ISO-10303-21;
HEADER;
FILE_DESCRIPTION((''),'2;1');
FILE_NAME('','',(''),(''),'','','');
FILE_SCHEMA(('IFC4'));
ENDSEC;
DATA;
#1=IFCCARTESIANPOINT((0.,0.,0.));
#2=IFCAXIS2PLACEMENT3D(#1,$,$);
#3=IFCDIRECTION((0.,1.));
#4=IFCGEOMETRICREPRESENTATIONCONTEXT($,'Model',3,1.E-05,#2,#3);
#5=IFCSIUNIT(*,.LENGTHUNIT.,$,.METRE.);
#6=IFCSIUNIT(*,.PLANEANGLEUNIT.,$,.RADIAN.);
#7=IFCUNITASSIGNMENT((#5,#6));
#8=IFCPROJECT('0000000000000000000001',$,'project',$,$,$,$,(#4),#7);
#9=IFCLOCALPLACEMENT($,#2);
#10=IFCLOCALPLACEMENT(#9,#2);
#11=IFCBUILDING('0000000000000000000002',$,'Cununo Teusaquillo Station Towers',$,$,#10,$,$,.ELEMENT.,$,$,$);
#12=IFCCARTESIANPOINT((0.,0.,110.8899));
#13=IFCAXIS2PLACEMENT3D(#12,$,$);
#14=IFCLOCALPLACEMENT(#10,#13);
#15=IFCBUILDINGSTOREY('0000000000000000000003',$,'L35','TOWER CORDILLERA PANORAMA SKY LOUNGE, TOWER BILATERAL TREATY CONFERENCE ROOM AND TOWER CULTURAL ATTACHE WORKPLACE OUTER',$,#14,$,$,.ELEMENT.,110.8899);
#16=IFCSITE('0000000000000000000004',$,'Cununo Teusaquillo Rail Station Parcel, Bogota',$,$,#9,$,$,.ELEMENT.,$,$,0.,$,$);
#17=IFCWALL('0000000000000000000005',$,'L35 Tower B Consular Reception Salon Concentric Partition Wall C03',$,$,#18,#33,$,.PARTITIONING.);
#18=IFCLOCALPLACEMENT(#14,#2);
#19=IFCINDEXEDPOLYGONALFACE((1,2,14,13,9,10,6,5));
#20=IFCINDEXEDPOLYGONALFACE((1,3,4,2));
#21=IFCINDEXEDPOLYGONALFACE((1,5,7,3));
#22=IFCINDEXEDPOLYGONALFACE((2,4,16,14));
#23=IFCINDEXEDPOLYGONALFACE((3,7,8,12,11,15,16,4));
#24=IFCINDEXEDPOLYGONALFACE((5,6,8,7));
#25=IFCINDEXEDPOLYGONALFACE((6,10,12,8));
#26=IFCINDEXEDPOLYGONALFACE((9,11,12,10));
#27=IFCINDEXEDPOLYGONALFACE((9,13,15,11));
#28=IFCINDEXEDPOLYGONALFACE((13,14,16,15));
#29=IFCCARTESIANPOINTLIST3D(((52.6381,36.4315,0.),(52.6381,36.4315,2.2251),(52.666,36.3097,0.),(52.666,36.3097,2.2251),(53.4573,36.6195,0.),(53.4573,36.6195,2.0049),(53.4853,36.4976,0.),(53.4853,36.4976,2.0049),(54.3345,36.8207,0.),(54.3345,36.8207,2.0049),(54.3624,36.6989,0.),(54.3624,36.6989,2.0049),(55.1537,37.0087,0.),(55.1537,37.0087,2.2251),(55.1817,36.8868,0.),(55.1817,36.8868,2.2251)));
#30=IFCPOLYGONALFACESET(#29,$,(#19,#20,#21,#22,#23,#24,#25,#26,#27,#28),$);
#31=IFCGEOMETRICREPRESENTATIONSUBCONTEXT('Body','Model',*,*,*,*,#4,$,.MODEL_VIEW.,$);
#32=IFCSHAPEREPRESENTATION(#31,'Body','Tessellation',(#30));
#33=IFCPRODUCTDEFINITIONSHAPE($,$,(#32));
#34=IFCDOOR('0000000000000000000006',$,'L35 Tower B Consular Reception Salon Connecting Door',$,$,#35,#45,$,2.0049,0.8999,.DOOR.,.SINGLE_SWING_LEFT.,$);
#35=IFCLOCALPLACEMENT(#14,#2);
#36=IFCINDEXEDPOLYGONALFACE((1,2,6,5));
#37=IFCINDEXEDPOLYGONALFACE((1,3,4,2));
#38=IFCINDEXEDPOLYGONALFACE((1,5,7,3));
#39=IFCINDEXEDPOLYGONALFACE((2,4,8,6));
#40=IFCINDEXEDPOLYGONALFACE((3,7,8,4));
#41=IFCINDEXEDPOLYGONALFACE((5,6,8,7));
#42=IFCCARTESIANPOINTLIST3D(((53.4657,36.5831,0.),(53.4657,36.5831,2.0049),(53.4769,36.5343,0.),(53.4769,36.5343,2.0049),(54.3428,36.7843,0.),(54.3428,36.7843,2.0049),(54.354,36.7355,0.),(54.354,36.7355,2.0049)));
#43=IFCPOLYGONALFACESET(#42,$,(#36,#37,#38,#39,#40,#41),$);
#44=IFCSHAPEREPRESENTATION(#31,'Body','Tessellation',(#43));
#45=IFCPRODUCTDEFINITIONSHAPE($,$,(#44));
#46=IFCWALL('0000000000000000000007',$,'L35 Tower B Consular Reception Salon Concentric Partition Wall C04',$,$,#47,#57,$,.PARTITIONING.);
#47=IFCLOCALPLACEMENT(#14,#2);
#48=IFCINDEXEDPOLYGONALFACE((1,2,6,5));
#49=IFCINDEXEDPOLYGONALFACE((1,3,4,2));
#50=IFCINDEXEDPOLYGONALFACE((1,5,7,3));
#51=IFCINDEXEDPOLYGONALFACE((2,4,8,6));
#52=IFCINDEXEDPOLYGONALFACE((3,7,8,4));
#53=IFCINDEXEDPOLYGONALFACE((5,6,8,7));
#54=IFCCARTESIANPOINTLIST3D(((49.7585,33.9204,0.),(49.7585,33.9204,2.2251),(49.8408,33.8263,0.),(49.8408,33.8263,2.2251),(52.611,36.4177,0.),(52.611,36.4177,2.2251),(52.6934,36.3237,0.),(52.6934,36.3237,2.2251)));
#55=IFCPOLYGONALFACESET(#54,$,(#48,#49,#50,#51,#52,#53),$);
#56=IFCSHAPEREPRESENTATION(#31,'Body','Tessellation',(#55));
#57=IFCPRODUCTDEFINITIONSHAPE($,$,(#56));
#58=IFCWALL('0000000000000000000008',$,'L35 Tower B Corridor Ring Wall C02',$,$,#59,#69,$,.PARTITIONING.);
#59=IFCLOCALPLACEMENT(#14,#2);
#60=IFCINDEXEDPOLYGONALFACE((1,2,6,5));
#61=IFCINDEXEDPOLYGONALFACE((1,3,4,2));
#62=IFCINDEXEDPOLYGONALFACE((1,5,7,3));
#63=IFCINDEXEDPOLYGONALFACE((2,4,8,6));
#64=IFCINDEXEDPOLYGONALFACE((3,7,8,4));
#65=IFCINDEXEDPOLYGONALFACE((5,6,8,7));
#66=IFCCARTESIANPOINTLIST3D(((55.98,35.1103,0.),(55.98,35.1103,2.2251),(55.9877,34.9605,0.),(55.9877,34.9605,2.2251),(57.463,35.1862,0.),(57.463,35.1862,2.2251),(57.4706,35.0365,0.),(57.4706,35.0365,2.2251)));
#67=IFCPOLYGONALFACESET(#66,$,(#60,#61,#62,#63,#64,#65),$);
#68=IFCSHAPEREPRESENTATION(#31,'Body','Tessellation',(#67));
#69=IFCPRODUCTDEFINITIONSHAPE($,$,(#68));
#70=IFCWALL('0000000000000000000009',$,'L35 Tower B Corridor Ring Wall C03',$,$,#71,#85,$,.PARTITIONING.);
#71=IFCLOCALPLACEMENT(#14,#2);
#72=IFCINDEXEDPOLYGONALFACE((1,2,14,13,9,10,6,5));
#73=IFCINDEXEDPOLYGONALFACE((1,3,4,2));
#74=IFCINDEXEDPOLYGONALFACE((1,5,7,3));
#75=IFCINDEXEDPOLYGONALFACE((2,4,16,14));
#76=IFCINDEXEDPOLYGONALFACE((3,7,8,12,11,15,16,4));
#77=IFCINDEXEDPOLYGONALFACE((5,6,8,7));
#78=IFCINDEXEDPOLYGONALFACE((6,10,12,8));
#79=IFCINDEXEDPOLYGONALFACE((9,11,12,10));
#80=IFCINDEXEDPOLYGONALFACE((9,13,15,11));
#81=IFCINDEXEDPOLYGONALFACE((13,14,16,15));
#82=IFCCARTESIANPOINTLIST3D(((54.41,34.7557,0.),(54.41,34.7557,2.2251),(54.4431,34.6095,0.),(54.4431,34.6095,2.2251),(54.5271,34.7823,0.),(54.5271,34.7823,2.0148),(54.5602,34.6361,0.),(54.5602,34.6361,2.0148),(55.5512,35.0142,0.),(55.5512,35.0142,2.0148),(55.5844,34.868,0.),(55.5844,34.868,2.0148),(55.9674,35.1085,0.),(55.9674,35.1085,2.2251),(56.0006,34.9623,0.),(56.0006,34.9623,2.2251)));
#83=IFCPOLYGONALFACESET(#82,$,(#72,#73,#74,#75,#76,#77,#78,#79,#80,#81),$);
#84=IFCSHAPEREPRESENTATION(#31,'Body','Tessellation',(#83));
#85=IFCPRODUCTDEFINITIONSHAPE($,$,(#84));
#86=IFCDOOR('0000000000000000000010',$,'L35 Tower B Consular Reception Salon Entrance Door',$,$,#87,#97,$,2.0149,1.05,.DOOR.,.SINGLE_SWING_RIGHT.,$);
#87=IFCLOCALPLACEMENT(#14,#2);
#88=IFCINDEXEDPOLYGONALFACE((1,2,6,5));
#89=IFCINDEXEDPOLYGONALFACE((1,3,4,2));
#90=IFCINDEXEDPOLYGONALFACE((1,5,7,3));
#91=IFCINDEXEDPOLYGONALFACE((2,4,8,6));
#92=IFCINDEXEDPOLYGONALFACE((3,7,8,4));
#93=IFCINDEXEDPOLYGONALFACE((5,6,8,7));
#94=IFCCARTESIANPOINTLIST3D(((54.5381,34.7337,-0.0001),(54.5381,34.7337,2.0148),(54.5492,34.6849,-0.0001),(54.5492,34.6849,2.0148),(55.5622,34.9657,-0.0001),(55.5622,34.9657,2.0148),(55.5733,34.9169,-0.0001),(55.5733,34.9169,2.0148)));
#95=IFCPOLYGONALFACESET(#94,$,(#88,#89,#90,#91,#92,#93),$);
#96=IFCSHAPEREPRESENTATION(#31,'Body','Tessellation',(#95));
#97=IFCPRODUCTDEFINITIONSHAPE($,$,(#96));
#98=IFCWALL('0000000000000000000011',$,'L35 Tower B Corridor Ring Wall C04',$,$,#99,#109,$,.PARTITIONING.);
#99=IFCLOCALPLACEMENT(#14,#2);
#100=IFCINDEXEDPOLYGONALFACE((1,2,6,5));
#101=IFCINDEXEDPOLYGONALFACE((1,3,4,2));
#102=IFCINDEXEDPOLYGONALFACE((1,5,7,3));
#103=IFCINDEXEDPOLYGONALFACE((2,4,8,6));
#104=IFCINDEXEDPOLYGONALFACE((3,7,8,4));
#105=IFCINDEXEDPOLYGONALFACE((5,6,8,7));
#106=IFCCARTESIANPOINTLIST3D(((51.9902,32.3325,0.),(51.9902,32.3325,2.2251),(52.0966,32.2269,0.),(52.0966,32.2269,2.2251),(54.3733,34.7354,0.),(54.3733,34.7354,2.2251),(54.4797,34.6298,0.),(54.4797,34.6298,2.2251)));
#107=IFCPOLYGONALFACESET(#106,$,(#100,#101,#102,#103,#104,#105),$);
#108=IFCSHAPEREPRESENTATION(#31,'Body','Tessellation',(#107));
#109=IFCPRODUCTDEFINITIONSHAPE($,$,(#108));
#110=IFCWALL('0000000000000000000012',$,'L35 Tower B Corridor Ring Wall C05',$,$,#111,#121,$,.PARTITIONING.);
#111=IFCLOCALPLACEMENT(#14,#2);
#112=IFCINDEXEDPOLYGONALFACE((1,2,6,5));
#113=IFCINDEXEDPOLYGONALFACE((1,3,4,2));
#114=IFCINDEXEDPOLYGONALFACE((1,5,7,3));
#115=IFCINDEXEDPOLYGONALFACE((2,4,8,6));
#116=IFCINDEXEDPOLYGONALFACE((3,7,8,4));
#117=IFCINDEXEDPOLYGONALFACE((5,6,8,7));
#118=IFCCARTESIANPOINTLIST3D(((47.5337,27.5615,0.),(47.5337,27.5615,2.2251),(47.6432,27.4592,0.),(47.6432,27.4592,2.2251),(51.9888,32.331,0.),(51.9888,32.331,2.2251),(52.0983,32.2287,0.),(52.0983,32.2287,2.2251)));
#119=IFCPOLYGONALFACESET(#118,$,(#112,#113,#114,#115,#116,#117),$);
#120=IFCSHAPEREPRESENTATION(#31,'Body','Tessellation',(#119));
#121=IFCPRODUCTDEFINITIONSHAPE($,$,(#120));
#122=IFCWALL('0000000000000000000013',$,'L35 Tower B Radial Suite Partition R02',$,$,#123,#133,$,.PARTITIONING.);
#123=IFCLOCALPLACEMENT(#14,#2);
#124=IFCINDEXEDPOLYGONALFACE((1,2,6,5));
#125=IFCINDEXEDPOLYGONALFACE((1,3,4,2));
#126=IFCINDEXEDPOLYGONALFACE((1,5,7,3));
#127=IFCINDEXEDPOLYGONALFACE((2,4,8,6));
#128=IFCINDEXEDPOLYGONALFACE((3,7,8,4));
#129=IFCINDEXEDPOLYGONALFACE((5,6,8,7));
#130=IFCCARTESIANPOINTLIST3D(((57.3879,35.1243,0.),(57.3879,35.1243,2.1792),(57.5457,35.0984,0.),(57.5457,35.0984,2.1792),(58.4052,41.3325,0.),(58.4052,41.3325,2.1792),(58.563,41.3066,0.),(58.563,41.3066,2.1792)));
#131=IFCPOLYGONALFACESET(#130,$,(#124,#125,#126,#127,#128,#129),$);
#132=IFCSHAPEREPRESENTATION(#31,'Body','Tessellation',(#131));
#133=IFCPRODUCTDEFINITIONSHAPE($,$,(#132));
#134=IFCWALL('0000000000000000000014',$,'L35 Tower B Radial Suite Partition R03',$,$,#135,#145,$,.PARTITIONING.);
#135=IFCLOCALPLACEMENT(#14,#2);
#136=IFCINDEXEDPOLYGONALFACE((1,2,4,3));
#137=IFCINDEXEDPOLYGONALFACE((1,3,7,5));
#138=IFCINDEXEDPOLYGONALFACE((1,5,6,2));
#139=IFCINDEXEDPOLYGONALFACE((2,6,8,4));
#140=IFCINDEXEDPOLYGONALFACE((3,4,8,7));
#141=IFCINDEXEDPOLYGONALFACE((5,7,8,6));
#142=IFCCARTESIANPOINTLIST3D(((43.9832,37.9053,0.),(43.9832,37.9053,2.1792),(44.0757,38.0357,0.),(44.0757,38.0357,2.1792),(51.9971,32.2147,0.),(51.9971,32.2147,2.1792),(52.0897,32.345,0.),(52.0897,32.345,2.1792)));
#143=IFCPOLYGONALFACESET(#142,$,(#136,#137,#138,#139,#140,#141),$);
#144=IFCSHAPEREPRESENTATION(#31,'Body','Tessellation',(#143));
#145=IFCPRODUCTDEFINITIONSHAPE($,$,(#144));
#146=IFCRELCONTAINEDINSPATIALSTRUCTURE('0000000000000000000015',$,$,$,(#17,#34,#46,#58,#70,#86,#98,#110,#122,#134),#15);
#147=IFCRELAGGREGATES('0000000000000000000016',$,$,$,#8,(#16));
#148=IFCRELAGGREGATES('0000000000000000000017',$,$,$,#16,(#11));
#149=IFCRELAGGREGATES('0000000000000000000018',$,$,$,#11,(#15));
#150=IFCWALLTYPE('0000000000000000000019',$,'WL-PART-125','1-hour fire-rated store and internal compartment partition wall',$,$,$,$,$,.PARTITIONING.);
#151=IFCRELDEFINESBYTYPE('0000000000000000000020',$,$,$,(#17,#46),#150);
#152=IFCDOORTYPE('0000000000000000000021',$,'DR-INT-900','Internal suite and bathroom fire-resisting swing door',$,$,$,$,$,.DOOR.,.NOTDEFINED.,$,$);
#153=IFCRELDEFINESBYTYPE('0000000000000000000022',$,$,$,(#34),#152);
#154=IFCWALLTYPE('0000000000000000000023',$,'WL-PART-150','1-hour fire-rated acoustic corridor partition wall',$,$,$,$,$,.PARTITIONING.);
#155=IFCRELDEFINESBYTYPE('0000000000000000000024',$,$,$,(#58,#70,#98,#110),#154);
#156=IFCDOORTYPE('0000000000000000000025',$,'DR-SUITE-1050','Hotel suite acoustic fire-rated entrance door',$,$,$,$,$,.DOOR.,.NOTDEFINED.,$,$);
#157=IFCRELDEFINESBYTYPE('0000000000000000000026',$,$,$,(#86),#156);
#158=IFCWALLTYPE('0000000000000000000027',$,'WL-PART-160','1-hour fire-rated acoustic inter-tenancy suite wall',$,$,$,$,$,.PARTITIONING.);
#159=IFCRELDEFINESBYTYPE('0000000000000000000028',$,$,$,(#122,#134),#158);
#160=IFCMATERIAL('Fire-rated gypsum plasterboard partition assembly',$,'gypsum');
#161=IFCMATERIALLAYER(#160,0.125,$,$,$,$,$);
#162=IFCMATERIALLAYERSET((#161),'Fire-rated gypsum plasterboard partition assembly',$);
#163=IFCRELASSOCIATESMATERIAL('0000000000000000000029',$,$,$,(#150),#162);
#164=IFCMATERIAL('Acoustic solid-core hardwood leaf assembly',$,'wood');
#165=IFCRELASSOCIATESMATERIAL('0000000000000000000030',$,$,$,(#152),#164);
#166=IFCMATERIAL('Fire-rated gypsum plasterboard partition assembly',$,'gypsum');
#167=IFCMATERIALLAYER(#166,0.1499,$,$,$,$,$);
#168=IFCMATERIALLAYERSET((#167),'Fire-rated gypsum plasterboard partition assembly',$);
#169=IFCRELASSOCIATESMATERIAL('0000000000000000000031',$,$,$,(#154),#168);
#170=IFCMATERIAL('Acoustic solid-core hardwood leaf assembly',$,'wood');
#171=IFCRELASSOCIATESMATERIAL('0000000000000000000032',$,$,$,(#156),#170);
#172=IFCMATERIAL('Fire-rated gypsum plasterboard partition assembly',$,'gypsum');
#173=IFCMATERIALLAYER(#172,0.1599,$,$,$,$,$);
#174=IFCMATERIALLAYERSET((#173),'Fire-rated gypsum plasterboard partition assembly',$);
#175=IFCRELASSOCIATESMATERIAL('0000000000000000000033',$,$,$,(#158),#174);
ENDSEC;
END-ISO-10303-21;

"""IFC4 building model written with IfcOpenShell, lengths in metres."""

from ifc_helpers import new_model, si_unit, direction, frame, frame_2d, origin, place, context, subcontext, project, spatial, rectangle, extrude, source, transform, mapped, material, layer, layer_set, type_object, element, fill, save


model = new_model("IFC4")

# Units and contexts
model_context = context("Model", 3, precision=1e-05, world=origin(), true_north=direction((0.0, 1.0)))
body_context = subcontext(model_context, "Body", "Model", "MODEL_VIEW")
ifc_project = project(units=[si_unit("LENGTHUNIT", "METRE"), si_unit("PLANEANGLEUNIT", "RADIAN")], contexts=[model_context])

# Site, building, storey
site_placement = place(None, origin())
site = spatial("IfcSite", under=ifc_project, at=site_placement, Name="Cununo Teusaquillo Rail Station Parcel, Bogota", CompositionType="ELEMENT", RefElevation=0.0)
building_placement = place(site_placement, origin())
building = spatial("IfcBuilding", under=site, at=building_placement, Name="Cununo Teusaquillo Station Towers", CompositionType="ELEMENT")
storey_placement = place(building_placement, frame((0.0, 0.0, 110.8899)))
storey = spatial("IfcBuildingStorey", under=building, at=storey_placement, Name="L35", Description="TOWER CORDILLERA PANORAMA SKY LOUNGE, TOWER BILATERAL TREATY CONFERENCE ROOM AND TOWER CULTURAL ATTACHE WORKPLACE OUTER", CompositionType="ELEMENT", Elevation=110.8899)

# Shared definitions
ifc_material_1 = material(Name="Fire-rated gypsum plasterboard partition assembly", Category="gypsum")
ifc_layer_1 = layer(ifc_material_1, 0.125)
ifc_layer_set_1 = layer_set([ifc_layer_1], Name="Fire-rated gypsum plasterboard partition assembly")
wall_type_1 = type_object("IfcWallType", Name="WL-PART-125", Description="1-hour fire-rated store and internal compartment partition wall", PredefinedType="PARTITIONING", material=ifc_layer_set_1)

# Wall, opening, door
wall_1_placement = place(storey_placement, frame((55.1677, 36.9478, 0.0), z_axis=(0.0, 0.0, 1.0), x_axis=(-0.974677, -0.223616, 0.0)))
wall_1 = element("IfcWall", 1, at=wall_1_placement, inside=storey, type_object=wall_type_1, Name="L35 Tower B Consular Reception Salon Concentric Partition Wall C03", PredefinedType="PARTITIONING", context=body_context, shape_type="SweptSolid", body=[
    extrude(rectangle(XDim=2.5811, YDim=0.125, at=frame_2d((1.2905, 0.0))), origin(), (0.0, 0.0, 1.0), 2.2251),
])
shared_shape_1 = source(origin(), body_context, "Body", "SweptSolid", [
    extrude(rectangle(XDim=0.8999, YDim=2.0049, at=frame_2d((0.45, 1.0024))), frame((0.0, 0.0725, 0.0), z_axis=(0.0, -1.0, 0.0), x_axis=(1.0, 0.0, 0.0)), (0.0, 0.0, 1.0), 0.145),
])
opening_1_placement = place(wall_1_placement, frame((0.8406, 0.0, 0.0)))
opening_1 = element("IfcOpeningElement", 2, at=opening_1_placement, cuts=wall_1, PredefinedType="OPENING", context=body_context, shape_type="MappedRepresentation", body=[
    mapped(shared_shape_1, transform((0.0, 0.0, 0.0), x_axis=(1.0, 0.0, 0.0), y_axis=(0.0, 1.0, 0.0), z_axis=(0.0, 0.0, 1.0), scale=1.0)),
])
ifc_material_2 = material(Name="Acoustic solid-core hardwood leaf assembly", Category="wood")
door_type_1 = type_object("IfcDoorType", Name="DR-INT-900", Description="Internal suite and bathroom fire-resisting swing door", OperationType="NOTDEFINED", PredefinedType="DOOR", material=ifc_material_2)
shared_shape_2 = source(origin(), body_context, "Body", "SweptSolid", [
    extrude(rectangle(XDim=0.8999, YDim=2.0049, at=frame_2d((0.45, 1.0024))), frame((0.0, 0.0249, 0.0), z_axis=(0.0, -1.0, 0.0), x_axis=(1.0, 0.0, 0.0)), (0.0, 0.0, 1.0), 0.05),
])
door_1_placement = place(opening_1_placement, origin())
door_1 = element("IfcDoor", 3, at=door_1_placement, inside=storey, type_object=door_type_1, Name="L35 Tower B Consular Reception Salon Connecting Door", OperationType="SINGLE_SWING_LEFT", OverallHeight=2.0049, OverallWidth=0.8999, PredefinedType="DOOR", context=body_context, shape_type="MappedRepresentation", body=[
    mapped(shared_shape_2, transform((0.0, 0.0, 0.0), x_axis=(1.0, 0.0, 0.0), y_axis=(0.0, 1.0, 0.0), z_axis=(0.0, 0.0, 1.0), scale=1.0)),
])
fill(opening_1, door_1)

# Walls
wall_2_placement = place(storey_placement, frame((52.6521, 36.3706, 0.0), z_axis=(0.0, 0.0, 1.0), x_axis=(-0.752401, -0.658705, 0.0)))
element("IfcWall", 4, at=wall_2_placement, inside=storey, type_object=wall_type_1, Name="L35 Tower B Consular Reception Salon Concentric Partition Wall C04", PredefinedType="PARTITIONING", context=body_context, shape_type="SweptSolid", body=[
    extrude(rectangle(XDim=3.7913, YDim=0.125, at=frame_2d((1.8955, 0.0))), origin(), (0.0, 0.0, 1.0), 2.2251),
])
ifc_material_3 = material(Name="Fire-rated gypsum plasterboard partition assembly", Category="gypsum")
ifc_layer_2 = layer(ifc_material_3, 0.1499)
ifc_layer_set_2 = layer_set([ifc_layer_2], Name="Fire-rated gypsum plasterboard partition assembly")
wall_type_2 = type_object("IfcWallType", Name="WL-PART-150", Description="1-hour fire-rated acoustic corridor partition wall", PredefinedType="PARTITIONING", material=ifc_layer_set_2)
wall_3_placement = place(storey_placement, frame((57.4668, 35.1113, 0.0), z_axis=(0.0, 0.0, 1.0), x_axis=(-0.998692, -0.051135, 0.0)))
element("IfcWall", 5, at=wall_3_placement, inside=storey, type_object=wall_type_2, Name="L35 Tower B Corridor Ring Wall C02", PredefinedType="PARTITIONING", context=body_context, shape_type="SweptSolid", body=[
    extrude(rectangle(XDim=1.4849, YDim=0.1499, at=frame_2d((0.7424, 0.0))), origin(), (0.0, 0.0, 1.0), 2.2251),
])

# Wall, opening, door
wall_4_placement = place(storey_placement, frame((55.9839, 35.0354, 0.0), z_axis=(0.0, 0.0, 1.0), x_axis=(-0.97529, -0.220927, 0.0)))
wall_4 = element("IfcWall", 6, at=wall_4_placement, inside=storey, type_object=wall_type_2, Name="L35 Tower B Corridor Ring Wall C03", PredefinedType="PARTITIONING", context=body_context, shape_type="SweptSolid", body=[
    extrude(rectangle(XDim=1.5969, YDim=0.1499, at=frame_2d((0.7983, 0.0))), origin(), (0.0, 0.0, 1.0), 2.2251),
])
shared_shape_3 = source(origin(), body_context, "Body", "SweptSolid", [
    extrude(rectangle(XDim=1.05, YDim=2.0149, at=frame_2d((0.5249, 1.0073))), frame((0.0, 0.085, 0.0), z_axis=(0.0, -1.0, 0.0), x_axis=(1.0, 0.0, 0.0)), (0.0, 0.0, 1.0), 0.1699),
])
opening_2_placement = place(wall_4_placement, frame((0.4268, 0.0, 0.0)))
opening_2 = element("IfcOpeningElement", 7, at=opening_2_placement, cuts=wall_4, PredefinedType="OPENING", context=body_context, shape_type="MappedRepresentation", body=[
    mapped(shared_shape_3, transform((0.0, 0.0, 0.0), x_axis=(1.0, 0.0, 0.0), y_axis=(0.0, 1.0, 0.0), z_axis=(0.0, 0.0, 1.0), scale=1.0)),
])
ifc_material_4 = material(Name="Acoustic solid-core hardwood leaf assembly", Category="wood")
door_type_2 = type_object("IfcDoorType", Name="DR-SUITE-1050", Description="Hotel suite acoustic fire-rated entrance door", OperationType="NOTDEFINED", PredefinedType="DOOR", material=ifc_material_4)
shared_shape_4 = source(origin(), body_context, "Body", "SweptSolid", [
    extrude(rectangle(XDim=1.05, YDim=2.0149, at=frame_2d((0.5249, 1.0073))), frame((0.0, 0.0249, 0.0), z_axis=(0.0, -1.0, 0.0), x_axis=(1.0, 0.0, 0.0)), (0.0, 0.0, 1.0), 0.05),
])
door_2_placement = place(opening_2_placement, origin())
door_2 = element("IfcDoor", 8, at=door_2_placement, inside=storey, type_object=door_type_2, Name="L35 Tower B Consular Reception Salon Entrance Door", OperationType="SINGLE_SWING_RIGHT", OverallHeight=2.0149, OverallWidth=1.05, PredefinedType="DOOR", context=body_context, shape_type="MappedRepresentation", body=[
    mapped(shared_shape_4, transform((0.0, 0.0, 0.0), x_axis=(1.0, 0.0, 0.0), y_axis=(0.0, 1.0, 0.0), z_axis=(0.0, 0.0, 1.0), scale=1.0)),
])
fill(opening_2, door_2)

# Walls
wall_5_placement = place(storey_placement, frame((54.4265, 34.6826, 0.0), z_axis=(0.0, 0.0, 1.0), x_axis=(-0.704179, -0.710022, 0.0)))
element("IfcWall", 9, at=wall_5_placement, inside=storey, type_object=wall_type_2, Name="L35 Tower B Corridor Ring Wall C04", PredefinedType="PARTITIONING", context=body_context, shape_type="SweptSolid", body=[
    extrude(rectangle(XDim=3.3843, YDim=0.1499, at=frame_2d((1.6921, 0.0))), origin(), (0.0, 0.0, 1.0), 2.2251),
])
wall_6_placement = place(storey_placement, frame((52.0435, 32.2798, 0.0), z_axis=(0.0, 0.0, 1.0), x_axis=(-0.682606, -0.730787, 0.0)))
element("IfcWall", 10, at=wall_6_placement, inside=storey, type_object=wall_type_2, Name="L35 Tower B Corridor Ring Wall C05", PredefinedType="PARTITIONING", context=body_context, shape_type="SweptSolid", body=[
    extrude(rectangle(XDim=6.5266, YDim=0.1499, at=frame_2d((3.2632, 0.0))), origin(), (0.0, 0.0, 1.0), 2.2251),
])
ifc_material_5 = material(Name="Fire-rated gypsum plasterboard partition assembly", Category="gypsum")
ifc_layer_3 = layer(ifc_material_5, 0.1599)
ifc_layer_set_3 = layer_set([ifc_layer_3], Name="Fire-rated gypsum plasterboard partition assembly")
wall_type_3 = type_object("IfcWallType", Name="WL-PART-160", Description="1-hour fire-rated acoustic inter-tenancy suite wall", PredefinedType="PARTITIONING", material=ifc_layer_set_3)
wall_7_placement = place(storey_placement, frame((57.4668, 35.1113, 0.0), z_axis=(0.0, 0.0, 1.0), x_axis=(0.161711, 0.986838, 0.0)))
element("IfcWall", 11, at=wall_7_placement, inside=storey, type_object=wall_type_3, Name="L35 Tower B Radial Suite Partition R02", PredefinedType="PARTITIONING", context=body_context, shape_type="SweptSolid", body=[
    extrude(rectangle(XDim=6.291, YDim=0.1599, at=frame_2d((3.1455, 0.0))), origin(), (0.0, 0.0, 1.0), 2.1792),
])
wall_8_placement = place(storey_placement, frame((52.0435, 32.2798, 0.0), z_axis=(0.0, 0.0, 1.0), x_axis=(-0.815345, 0.578976, 0.0)))
element("IfcWall", 12, at=wall_8_placement, inside=storey, type_object=wall_type_3, Name="L35 Tower B Radial Suite Partition R03", PredefinedType="PARTITIONING", context=body_context, shape_type="SweptSolid", body=[
    extrude(rectangle(XDim=9.8289, YDim=0.1599, at=frame_2d((4.9146, 0.0))), origin(), (0.0, 0.0, 1.0), 2.1792),
])

save(model, "model.ifc")
